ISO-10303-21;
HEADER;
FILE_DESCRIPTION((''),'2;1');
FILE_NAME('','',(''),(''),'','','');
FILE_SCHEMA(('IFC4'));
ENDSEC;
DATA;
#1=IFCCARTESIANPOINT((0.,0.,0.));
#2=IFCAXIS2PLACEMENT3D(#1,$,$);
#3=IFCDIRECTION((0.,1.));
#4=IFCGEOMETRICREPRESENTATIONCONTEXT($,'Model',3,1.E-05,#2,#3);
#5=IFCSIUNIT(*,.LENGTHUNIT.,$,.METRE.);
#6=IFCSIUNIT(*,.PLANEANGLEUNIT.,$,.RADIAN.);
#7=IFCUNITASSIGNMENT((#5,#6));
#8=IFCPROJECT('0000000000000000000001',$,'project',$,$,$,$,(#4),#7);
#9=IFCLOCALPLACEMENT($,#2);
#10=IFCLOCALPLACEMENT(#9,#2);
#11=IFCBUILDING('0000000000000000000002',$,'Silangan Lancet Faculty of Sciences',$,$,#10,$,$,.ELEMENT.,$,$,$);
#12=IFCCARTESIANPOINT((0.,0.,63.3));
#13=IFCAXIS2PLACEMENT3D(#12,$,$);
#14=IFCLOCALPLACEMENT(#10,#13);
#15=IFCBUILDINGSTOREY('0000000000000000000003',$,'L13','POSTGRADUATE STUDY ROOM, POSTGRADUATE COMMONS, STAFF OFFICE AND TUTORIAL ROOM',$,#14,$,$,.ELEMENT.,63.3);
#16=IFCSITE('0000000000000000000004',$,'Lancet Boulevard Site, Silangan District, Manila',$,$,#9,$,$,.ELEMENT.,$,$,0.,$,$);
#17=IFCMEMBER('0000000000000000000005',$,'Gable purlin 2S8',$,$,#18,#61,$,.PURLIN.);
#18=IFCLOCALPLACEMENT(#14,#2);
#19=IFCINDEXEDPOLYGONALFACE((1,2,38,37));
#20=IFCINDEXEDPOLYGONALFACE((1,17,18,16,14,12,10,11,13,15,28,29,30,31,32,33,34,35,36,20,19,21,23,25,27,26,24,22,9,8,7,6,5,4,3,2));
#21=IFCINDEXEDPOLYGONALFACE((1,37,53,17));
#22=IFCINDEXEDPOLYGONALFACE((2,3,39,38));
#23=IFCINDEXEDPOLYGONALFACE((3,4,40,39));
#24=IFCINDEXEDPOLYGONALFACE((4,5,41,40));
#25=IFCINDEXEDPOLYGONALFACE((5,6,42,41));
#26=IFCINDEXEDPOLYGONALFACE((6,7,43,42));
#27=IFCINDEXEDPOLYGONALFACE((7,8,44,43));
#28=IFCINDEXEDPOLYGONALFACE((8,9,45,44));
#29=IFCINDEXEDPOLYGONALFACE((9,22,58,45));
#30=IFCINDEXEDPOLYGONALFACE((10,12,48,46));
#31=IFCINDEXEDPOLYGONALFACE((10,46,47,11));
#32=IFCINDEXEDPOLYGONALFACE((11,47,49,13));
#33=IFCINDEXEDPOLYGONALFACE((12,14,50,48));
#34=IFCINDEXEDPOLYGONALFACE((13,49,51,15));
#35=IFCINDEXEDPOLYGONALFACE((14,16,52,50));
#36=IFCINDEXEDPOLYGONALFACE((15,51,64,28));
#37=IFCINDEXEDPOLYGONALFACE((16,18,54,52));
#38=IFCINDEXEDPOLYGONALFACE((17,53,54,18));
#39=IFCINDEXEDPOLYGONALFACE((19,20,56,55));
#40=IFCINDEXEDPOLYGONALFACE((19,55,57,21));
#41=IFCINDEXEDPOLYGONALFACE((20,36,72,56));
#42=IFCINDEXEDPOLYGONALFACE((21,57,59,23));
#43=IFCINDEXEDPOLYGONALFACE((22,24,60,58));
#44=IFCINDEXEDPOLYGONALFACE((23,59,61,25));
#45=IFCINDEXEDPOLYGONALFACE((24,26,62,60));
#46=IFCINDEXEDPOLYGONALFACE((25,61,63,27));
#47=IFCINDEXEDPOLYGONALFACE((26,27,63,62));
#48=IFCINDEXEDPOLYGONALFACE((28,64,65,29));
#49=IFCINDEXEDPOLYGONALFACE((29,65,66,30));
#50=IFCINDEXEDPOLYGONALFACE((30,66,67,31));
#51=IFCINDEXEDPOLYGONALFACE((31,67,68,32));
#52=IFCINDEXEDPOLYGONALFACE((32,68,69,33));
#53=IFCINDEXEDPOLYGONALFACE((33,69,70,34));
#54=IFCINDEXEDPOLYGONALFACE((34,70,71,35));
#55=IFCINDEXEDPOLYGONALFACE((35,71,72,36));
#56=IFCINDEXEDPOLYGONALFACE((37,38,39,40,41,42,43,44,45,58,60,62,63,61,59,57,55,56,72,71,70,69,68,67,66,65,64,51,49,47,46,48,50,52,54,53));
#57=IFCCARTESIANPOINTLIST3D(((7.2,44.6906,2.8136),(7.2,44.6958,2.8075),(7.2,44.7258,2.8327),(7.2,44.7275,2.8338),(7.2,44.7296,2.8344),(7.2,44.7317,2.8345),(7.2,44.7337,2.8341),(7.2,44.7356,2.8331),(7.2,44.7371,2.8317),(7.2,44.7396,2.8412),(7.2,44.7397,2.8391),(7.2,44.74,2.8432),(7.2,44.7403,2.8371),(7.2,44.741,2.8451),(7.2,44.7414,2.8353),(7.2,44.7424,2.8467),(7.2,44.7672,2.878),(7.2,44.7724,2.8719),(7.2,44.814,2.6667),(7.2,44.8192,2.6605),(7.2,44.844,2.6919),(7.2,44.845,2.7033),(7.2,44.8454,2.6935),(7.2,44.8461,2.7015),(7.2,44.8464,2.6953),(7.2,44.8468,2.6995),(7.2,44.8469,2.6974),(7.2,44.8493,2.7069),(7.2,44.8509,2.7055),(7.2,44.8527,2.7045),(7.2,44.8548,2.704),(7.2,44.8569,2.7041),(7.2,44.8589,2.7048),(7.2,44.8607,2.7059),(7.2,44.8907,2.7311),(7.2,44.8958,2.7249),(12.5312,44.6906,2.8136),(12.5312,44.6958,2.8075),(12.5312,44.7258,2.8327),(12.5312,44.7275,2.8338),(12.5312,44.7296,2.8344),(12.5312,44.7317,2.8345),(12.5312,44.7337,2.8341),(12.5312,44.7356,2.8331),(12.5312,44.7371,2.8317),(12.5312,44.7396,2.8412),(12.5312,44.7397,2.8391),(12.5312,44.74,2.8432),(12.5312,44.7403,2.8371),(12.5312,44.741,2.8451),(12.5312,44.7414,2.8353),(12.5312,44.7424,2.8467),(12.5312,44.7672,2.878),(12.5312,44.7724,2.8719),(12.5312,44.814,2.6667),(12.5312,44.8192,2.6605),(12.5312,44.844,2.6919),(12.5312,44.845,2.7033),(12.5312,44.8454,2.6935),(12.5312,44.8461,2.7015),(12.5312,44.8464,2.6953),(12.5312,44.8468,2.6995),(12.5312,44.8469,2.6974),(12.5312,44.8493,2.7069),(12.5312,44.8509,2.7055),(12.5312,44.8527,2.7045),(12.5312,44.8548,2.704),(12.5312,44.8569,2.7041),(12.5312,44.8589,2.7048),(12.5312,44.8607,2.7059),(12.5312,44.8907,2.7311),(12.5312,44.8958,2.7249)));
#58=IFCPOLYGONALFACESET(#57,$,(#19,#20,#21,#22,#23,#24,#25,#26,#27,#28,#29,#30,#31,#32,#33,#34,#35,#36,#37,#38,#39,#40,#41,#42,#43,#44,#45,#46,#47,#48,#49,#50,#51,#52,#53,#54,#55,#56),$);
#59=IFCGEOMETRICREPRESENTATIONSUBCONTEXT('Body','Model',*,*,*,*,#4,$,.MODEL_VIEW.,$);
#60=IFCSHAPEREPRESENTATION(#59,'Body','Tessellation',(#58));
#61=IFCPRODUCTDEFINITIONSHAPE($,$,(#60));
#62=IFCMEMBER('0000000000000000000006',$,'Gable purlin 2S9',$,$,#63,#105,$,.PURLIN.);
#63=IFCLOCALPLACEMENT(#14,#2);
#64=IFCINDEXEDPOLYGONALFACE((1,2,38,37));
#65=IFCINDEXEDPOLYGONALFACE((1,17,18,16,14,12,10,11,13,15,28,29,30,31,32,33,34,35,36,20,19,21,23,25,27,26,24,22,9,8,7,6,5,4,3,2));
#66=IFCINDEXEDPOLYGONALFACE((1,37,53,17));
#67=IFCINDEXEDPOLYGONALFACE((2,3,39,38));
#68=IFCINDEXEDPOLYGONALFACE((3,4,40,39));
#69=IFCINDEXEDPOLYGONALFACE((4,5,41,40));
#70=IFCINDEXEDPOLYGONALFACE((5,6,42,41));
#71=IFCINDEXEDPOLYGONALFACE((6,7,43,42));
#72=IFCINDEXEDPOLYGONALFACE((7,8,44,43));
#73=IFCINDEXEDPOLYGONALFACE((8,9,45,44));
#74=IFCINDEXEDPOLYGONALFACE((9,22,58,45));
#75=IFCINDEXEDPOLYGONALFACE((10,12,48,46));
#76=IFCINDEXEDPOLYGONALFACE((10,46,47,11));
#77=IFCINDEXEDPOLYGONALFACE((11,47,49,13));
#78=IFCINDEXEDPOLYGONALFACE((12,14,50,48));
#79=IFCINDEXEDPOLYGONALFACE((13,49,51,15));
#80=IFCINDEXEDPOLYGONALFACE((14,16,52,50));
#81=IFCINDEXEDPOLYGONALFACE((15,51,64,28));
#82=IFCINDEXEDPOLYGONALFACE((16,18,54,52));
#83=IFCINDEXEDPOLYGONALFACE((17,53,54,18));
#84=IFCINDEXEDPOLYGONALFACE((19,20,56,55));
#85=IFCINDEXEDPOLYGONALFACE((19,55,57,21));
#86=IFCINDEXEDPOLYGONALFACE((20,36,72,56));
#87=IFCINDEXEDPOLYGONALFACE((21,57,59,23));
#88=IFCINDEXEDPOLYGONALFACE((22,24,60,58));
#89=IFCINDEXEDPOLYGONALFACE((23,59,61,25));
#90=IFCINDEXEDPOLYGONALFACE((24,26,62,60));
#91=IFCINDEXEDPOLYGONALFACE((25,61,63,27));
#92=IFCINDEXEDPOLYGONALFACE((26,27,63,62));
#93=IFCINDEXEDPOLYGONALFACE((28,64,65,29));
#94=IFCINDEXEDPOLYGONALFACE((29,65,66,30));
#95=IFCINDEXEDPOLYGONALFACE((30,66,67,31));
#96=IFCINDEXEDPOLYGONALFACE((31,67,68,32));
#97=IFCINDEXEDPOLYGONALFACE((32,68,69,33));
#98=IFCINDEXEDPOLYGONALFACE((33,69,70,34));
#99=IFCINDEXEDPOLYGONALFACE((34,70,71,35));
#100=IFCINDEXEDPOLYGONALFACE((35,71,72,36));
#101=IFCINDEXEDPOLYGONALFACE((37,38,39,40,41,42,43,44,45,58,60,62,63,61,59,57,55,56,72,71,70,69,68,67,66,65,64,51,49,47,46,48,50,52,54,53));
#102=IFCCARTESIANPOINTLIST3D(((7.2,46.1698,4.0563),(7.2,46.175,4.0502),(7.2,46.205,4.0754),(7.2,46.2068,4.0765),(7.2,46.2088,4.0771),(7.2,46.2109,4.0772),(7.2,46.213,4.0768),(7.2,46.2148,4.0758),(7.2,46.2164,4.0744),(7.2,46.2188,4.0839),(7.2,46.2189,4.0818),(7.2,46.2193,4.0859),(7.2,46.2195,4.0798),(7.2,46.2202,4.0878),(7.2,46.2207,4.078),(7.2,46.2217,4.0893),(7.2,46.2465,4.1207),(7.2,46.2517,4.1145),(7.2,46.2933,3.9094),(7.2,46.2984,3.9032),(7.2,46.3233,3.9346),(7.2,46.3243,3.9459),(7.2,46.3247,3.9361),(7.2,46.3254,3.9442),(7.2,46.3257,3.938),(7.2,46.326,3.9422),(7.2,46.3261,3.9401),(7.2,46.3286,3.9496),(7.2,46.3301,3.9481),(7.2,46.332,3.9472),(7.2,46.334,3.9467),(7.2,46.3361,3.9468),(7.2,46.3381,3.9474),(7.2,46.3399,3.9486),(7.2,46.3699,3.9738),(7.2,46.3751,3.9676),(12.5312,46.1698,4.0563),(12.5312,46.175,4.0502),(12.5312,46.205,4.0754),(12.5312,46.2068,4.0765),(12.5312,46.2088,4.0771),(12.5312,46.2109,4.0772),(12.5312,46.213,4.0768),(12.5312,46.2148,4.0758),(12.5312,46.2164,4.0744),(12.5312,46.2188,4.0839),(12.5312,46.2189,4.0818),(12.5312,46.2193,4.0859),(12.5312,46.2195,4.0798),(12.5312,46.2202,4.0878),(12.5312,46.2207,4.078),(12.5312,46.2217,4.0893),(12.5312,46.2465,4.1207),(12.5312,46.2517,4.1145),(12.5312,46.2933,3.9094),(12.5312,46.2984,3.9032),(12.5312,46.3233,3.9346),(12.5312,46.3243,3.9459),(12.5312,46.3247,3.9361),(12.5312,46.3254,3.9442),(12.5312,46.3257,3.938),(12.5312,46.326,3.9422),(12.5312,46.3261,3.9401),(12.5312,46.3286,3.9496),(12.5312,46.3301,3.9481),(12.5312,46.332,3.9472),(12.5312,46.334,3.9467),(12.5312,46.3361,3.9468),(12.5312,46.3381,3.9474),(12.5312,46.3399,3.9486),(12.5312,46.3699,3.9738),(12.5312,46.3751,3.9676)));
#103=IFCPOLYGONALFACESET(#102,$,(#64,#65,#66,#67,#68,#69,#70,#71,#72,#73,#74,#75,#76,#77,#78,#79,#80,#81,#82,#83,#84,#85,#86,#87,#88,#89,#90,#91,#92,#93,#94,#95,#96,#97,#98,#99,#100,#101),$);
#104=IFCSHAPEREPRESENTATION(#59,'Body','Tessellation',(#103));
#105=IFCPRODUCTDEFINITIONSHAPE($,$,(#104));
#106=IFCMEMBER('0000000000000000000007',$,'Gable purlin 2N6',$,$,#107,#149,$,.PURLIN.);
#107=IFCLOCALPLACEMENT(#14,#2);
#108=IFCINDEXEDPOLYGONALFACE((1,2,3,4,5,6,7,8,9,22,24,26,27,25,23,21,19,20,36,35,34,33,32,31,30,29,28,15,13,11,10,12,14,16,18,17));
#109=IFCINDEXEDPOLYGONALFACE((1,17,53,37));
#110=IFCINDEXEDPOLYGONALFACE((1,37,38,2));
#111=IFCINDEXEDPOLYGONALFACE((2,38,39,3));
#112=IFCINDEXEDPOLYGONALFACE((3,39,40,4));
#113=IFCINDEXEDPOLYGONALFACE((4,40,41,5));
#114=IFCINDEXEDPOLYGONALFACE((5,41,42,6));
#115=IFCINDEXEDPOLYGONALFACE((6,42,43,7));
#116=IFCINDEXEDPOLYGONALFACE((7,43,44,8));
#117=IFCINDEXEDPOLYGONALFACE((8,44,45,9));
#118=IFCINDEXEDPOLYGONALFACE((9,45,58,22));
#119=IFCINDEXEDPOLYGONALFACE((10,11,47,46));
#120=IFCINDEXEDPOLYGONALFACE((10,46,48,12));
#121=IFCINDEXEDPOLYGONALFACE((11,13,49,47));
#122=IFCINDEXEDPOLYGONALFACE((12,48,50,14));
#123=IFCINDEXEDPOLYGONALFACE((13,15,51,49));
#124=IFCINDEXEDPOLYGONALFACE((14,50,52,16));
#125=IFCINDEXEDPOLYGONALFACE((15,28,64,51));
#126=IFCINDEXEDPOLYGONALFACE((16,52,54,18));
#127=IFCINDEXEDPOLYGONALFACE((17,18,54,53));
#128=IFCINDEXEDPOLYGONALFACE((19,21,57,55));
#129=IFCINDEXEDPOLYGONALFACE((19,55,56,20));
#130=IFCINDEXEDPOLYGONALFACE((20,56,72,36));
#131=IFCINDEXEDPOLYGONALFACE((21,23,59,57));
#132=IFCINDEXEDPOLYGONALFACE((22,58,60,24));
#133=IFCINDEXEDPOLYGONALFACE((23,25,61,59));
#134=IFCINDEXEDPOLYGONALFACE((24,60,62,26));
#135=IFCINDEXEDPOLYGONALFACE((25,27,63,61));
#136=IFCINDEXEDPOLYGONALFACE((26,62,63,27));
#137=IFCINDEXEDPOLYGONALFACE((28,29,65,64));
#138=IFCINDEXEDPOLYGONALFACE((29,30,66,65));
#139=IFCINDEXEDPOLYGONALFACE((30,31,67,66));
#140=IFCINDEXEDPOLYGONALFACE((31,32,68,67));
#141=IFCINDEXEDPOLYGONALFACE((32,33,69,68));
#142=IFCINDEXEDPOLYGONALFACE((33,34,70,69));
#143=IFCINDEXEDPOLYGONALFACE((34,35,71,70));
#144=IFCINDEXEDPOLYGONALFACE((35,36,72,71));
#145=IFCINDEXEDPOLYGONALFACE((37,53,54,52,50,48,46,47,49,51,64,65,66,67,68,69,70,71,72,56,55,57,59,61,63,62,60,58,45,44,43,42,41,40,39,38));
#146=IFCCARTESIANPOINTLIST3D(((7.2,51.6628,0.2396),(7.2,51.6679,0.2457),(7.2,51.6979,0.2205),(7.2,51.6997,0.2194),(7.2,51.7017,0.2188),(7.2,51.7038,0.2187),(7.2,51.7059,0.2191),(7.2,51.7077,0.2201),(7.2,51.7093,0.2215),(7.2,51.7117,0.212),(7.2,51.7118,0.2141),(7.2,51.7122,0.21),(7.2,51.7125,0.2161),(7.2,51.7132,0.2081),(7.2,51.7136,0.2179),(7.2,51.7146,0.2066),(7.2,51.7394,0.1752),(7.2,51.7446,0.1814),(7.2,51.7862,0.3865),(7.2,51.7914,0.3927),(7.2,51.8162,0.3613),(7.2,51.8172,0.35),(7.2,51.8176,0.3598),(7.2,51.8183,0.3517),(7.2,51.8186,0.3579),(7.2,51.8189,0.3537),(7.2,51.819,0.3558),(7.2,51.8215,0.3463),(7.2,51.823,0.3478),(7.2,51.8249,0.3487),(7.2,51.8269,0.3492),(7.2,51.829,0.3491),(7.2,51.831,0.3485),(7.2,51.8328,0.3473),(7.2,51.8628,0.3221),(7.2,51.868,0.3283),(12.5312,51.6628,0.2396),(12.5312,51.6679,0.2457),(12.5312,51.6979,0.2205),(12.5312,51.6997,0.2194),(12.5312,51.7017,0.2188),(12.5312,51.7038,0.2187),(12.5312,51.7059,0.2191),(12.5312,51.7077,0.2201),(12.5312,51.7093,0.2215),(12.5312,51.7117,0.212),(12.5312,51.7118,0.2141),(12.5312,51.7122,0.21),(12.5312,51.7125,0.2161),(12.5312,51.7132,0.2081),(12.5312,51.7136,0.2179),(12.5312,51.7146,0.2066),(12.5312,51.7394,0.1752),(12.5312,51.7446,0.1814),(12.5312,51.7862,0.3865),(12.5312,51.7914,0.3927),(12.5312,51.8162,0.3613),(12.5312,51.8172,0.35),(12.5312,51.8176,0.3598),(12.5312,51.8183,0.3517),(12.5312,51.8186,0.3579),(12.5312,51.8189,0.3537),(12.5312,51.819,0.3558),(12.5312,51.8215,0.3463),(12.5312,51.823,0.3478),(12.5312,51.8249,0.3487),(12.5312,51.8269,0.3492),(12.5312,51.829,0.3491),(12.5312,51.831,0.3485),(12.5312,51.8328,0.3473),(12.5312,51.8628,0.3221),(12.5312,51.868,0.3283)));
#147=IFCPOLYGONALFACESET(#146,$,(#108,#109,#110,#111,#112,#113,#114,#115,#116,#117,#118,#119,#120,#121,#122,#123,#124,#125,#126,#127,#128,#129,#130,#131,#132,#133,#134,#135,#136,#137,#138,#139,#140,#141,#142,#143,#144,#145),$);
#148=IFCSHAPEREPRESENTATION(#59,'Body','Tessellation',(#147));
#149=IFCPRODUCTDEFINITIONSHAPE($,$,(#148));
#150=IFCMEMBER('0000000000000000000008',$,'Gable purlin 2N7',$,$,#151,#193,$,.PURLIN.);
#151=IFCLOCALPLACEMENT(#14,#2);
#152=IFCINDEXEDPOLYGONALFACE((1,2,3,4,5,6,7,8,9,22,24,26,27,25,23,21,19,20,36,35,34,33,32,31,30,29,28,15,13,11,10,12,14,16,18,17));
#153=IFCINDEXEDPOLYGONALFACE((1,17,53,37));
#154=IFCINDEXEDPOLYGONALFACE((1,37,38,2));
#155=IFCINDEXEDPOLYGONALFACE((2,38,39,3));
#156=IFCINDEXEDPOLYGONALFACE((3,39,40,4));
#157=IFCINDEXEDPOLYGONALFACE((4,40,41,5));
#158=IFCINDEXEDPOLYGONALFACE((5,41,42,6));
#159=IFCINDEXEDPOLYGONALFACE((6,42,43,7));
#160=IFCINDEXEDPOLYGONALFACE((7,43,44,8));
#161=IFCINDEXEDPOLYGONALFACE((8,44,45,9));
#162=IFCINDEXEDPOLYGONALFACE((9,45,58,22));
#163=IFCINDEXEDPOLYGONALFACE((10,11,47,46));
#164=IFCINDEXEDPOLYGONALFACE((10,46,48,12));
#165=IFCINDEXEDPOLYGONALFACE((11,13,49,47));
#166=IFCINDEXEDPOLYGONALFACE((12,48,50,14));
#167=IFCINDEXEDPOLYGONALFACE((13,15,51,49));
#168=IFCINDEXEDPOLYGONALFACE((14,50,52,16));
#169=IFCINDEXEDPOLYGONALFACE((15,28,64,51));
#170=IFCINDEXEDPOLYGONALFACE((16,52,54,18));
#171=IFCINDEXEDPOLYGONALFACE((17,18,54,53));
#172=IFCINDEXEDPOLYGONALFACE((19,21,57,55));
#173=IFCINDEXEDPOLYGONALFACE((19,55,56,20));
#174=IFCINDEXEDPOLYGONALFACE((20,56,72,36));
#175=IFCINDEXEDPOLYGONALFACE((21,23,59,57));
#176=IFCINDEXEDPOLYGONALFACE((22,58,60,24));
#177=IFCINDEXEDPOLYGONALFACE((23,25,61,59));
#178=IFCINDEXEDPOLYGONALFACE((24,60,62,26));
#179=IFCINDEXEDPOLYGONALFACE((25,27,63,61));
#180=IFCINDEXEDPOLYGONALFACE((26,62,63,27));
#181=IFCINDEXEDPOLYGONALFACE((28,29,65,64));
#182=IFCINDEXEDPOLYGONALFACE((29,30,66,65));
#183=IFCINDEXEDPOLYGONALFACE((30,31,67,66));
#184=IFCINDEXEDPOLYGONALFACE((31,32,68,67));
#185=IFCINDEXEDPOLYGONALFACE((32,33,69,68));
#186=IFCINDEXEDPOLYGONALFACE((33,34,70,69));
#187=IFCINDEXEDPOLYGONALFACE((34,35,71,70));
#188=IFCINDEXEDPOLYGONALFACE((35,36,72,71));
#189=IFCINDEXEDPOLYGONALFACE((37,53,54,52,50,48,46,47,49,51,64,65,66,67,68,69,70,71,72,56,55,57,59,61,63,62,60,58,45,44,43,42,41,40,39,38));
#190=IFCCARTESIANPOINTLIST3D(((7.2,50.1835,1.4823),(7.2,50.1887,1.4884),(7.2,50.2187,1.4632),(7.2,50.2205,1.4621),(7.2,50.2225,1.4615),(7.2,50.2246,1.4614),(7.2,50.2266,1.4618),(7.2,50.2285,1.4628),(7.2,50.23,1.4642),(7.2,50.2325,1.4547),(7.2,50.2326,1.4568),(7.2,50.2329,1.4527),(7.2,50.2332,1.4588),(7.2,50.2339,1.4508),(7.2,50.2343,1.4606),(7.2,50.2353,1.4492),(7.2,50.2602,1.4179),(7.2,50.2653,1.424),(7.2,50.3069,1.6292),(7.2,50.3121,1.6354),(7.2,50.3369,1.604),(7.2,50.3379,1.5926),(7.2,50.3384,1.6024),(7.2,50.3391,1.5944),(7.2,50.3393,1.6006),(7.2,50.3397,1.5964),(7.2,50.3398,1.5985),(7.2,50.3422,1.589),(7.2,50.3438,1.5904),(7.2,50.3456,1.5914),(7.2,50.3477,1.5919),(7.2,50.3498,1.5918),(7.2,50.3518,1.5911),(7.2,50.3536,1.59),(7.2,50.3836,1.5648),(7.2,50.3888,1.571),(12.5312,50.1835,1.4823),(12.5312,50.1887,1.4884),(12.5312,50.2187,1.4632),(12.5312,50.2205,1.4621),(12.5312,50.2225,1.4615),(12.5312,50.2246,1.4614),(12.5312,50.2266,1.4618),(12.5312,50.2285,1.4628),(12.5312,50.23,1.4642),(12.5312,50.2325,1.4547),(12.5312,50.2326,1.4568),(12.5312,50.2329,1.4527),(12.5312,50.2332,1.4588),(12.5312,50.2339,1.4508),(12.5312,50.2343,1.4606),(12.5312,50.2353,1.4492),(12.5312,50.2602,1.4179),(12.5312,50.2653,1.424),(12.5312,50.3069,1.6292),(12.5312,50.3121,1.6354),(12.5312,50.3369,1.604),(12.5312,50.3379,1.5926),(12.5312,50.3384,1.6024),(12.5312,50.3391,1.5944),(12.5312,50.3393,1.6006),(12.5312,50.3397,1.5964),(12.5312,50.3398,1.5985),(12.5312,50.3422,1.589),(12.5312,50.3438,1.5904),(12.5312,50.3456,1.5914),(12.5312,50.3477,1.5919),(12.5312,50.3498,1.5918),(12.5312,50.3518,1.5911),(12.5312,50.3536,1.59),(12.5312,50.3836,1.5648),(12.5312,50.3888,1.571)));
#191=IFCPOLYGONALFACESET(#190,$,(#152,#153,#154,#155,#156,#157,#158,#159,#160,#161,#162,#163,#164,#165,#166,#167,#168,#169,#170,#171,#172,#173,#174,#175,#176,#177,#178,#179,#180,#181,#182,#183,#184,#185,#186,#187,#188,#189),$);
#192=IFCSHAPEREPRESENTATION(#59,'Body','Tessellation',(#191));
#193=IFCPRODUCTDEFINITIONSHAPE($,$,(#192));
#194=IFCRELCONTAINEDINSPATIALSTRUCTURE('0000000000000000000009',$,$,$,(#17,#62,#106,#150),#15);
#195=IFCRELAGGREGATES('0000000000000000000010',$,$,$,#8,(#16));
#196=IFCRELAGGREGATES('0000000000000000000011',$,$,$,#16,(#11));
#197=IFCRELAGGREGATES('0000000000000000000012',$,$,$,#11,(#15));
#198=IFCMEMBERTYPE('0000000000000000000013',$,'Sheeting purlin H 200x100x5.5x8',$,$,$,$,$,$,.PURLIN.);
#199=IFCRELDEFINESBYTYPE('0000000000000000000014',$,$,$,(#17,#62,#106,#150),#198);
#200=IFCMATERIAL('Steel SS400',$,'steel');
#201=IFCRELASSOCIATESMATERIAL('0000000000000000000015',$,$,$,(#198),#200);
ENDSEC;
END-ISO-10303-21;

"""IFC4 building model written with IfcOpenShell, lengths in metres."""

from ifc_helpers import new_model, si_unit, direction, frame, origin, origin_2d, place, context, subcontext, project, spatial, i_section, extrude, material, material_profile, profile_set, type_object, element, save


model = new_model("IFC4")

# Units and contexts
model_context = context("Model", 3, precision=1e-05, world=origin(), true_north=direction((0.0, 1.0)))
body_context = subcontext(model_context, "Body", "Model", "MODEL_VIEW")
ifc_project = project(units=[si_unit("LENGTHUNIT", "METRE"), si_unit("PLANEANGLEUNIT", "RADIAN")], contexts=[model_context])

# Site, building, storey
site_placement = place(None, origin())
site = spatial("IfcSite", under=ifc_project, at=site_placement, Name="Lancet Boulevard Site, Silangan District, Manila", CompositionType="ELEMENT", RefElevation=0.0)
building_placement = place(site_placement, origin())
building = spatial("IfcBuilding", under=site, at=building_placement, Name="Silangan Lancet Faculty of Sciences", CompositionType="ELEMENT")
storey_placement = place(building_placement, frame((0.0, 0.0, 63.3)))
storey = spatial("IfcBuildingStorey", under=building, at=storey_placement, Name="L13", Description="POSTGRADUATE STUDY ROOM, POSTGRADUATE COMMONS, STAFF OFFICE AND TUTORIAL ROOM", CompositionType="ELEMENT", Elevation=63.3)

# Members
ifc_material = material(Name="Steel SS400", Category="steel")
ifc_material_profile = material_profile(ifc_material, i_section(OverallWidth=0.1001, OverallDepth=0.2, WebThickness=0.0056, FlangeThickness=0.0081, FilletRadius=0.0081, at=origin_2d()), Name="H 200x100x5.5x8")
ifc_profile_set = profile_set([ifc_material_profile], Name="Steel SS400")
member_type = type_object("IfcMemberType", Name="Sheeting purlin H 200x100x5.5x8", PredefinedType="PURLIN", material=ifc_profile_set)
for number, where, z_axis, x_axis, name in (
    (1, (7.2, 44.7932, 2.7693), (1.0, 0.0, 0.0), (0.0, 0.765705, 0.643192), "Gable purlin 2S8"),
    (2, (7.2, 46.2725, 4.012), (1.0, 0.0, 0.0), (0.0, 0.765705, 0.643192), "Gable purlin 2S9"),
    (3, (7.2, 51.7654, 0.2839), (1.0, 0.0, 0.0), (0.0, 0.765705, -0.643192), "Gable purlin 2N6"),
    (4, (7.2, 50.2861, 1.5266), (1.0, 0.0, 0.0), (0.0, 0.765705, -0.643192), "Gable purlin 2N7"),
):
    element("IfcMember", number, at=place(storey_placement, frame(where, z_axis=z_axis, x_axis=x_axis)), inside=storey, type_object=member_type, Name=name, PredefinedType="PURLIN", context=body_context, shape_type="SweptSolid", body=[
        extrude(i_section(OverallWidth=0.1001, OverallDepth=0.2, WebThickness=0.0056, FlangeThickness=0.0081, FilletRadius=0.0081, at=origin_2d()), origin(), (0.0, 0.0, 1.0), 5.3313),
    ])

save(model, "model.ifc")
